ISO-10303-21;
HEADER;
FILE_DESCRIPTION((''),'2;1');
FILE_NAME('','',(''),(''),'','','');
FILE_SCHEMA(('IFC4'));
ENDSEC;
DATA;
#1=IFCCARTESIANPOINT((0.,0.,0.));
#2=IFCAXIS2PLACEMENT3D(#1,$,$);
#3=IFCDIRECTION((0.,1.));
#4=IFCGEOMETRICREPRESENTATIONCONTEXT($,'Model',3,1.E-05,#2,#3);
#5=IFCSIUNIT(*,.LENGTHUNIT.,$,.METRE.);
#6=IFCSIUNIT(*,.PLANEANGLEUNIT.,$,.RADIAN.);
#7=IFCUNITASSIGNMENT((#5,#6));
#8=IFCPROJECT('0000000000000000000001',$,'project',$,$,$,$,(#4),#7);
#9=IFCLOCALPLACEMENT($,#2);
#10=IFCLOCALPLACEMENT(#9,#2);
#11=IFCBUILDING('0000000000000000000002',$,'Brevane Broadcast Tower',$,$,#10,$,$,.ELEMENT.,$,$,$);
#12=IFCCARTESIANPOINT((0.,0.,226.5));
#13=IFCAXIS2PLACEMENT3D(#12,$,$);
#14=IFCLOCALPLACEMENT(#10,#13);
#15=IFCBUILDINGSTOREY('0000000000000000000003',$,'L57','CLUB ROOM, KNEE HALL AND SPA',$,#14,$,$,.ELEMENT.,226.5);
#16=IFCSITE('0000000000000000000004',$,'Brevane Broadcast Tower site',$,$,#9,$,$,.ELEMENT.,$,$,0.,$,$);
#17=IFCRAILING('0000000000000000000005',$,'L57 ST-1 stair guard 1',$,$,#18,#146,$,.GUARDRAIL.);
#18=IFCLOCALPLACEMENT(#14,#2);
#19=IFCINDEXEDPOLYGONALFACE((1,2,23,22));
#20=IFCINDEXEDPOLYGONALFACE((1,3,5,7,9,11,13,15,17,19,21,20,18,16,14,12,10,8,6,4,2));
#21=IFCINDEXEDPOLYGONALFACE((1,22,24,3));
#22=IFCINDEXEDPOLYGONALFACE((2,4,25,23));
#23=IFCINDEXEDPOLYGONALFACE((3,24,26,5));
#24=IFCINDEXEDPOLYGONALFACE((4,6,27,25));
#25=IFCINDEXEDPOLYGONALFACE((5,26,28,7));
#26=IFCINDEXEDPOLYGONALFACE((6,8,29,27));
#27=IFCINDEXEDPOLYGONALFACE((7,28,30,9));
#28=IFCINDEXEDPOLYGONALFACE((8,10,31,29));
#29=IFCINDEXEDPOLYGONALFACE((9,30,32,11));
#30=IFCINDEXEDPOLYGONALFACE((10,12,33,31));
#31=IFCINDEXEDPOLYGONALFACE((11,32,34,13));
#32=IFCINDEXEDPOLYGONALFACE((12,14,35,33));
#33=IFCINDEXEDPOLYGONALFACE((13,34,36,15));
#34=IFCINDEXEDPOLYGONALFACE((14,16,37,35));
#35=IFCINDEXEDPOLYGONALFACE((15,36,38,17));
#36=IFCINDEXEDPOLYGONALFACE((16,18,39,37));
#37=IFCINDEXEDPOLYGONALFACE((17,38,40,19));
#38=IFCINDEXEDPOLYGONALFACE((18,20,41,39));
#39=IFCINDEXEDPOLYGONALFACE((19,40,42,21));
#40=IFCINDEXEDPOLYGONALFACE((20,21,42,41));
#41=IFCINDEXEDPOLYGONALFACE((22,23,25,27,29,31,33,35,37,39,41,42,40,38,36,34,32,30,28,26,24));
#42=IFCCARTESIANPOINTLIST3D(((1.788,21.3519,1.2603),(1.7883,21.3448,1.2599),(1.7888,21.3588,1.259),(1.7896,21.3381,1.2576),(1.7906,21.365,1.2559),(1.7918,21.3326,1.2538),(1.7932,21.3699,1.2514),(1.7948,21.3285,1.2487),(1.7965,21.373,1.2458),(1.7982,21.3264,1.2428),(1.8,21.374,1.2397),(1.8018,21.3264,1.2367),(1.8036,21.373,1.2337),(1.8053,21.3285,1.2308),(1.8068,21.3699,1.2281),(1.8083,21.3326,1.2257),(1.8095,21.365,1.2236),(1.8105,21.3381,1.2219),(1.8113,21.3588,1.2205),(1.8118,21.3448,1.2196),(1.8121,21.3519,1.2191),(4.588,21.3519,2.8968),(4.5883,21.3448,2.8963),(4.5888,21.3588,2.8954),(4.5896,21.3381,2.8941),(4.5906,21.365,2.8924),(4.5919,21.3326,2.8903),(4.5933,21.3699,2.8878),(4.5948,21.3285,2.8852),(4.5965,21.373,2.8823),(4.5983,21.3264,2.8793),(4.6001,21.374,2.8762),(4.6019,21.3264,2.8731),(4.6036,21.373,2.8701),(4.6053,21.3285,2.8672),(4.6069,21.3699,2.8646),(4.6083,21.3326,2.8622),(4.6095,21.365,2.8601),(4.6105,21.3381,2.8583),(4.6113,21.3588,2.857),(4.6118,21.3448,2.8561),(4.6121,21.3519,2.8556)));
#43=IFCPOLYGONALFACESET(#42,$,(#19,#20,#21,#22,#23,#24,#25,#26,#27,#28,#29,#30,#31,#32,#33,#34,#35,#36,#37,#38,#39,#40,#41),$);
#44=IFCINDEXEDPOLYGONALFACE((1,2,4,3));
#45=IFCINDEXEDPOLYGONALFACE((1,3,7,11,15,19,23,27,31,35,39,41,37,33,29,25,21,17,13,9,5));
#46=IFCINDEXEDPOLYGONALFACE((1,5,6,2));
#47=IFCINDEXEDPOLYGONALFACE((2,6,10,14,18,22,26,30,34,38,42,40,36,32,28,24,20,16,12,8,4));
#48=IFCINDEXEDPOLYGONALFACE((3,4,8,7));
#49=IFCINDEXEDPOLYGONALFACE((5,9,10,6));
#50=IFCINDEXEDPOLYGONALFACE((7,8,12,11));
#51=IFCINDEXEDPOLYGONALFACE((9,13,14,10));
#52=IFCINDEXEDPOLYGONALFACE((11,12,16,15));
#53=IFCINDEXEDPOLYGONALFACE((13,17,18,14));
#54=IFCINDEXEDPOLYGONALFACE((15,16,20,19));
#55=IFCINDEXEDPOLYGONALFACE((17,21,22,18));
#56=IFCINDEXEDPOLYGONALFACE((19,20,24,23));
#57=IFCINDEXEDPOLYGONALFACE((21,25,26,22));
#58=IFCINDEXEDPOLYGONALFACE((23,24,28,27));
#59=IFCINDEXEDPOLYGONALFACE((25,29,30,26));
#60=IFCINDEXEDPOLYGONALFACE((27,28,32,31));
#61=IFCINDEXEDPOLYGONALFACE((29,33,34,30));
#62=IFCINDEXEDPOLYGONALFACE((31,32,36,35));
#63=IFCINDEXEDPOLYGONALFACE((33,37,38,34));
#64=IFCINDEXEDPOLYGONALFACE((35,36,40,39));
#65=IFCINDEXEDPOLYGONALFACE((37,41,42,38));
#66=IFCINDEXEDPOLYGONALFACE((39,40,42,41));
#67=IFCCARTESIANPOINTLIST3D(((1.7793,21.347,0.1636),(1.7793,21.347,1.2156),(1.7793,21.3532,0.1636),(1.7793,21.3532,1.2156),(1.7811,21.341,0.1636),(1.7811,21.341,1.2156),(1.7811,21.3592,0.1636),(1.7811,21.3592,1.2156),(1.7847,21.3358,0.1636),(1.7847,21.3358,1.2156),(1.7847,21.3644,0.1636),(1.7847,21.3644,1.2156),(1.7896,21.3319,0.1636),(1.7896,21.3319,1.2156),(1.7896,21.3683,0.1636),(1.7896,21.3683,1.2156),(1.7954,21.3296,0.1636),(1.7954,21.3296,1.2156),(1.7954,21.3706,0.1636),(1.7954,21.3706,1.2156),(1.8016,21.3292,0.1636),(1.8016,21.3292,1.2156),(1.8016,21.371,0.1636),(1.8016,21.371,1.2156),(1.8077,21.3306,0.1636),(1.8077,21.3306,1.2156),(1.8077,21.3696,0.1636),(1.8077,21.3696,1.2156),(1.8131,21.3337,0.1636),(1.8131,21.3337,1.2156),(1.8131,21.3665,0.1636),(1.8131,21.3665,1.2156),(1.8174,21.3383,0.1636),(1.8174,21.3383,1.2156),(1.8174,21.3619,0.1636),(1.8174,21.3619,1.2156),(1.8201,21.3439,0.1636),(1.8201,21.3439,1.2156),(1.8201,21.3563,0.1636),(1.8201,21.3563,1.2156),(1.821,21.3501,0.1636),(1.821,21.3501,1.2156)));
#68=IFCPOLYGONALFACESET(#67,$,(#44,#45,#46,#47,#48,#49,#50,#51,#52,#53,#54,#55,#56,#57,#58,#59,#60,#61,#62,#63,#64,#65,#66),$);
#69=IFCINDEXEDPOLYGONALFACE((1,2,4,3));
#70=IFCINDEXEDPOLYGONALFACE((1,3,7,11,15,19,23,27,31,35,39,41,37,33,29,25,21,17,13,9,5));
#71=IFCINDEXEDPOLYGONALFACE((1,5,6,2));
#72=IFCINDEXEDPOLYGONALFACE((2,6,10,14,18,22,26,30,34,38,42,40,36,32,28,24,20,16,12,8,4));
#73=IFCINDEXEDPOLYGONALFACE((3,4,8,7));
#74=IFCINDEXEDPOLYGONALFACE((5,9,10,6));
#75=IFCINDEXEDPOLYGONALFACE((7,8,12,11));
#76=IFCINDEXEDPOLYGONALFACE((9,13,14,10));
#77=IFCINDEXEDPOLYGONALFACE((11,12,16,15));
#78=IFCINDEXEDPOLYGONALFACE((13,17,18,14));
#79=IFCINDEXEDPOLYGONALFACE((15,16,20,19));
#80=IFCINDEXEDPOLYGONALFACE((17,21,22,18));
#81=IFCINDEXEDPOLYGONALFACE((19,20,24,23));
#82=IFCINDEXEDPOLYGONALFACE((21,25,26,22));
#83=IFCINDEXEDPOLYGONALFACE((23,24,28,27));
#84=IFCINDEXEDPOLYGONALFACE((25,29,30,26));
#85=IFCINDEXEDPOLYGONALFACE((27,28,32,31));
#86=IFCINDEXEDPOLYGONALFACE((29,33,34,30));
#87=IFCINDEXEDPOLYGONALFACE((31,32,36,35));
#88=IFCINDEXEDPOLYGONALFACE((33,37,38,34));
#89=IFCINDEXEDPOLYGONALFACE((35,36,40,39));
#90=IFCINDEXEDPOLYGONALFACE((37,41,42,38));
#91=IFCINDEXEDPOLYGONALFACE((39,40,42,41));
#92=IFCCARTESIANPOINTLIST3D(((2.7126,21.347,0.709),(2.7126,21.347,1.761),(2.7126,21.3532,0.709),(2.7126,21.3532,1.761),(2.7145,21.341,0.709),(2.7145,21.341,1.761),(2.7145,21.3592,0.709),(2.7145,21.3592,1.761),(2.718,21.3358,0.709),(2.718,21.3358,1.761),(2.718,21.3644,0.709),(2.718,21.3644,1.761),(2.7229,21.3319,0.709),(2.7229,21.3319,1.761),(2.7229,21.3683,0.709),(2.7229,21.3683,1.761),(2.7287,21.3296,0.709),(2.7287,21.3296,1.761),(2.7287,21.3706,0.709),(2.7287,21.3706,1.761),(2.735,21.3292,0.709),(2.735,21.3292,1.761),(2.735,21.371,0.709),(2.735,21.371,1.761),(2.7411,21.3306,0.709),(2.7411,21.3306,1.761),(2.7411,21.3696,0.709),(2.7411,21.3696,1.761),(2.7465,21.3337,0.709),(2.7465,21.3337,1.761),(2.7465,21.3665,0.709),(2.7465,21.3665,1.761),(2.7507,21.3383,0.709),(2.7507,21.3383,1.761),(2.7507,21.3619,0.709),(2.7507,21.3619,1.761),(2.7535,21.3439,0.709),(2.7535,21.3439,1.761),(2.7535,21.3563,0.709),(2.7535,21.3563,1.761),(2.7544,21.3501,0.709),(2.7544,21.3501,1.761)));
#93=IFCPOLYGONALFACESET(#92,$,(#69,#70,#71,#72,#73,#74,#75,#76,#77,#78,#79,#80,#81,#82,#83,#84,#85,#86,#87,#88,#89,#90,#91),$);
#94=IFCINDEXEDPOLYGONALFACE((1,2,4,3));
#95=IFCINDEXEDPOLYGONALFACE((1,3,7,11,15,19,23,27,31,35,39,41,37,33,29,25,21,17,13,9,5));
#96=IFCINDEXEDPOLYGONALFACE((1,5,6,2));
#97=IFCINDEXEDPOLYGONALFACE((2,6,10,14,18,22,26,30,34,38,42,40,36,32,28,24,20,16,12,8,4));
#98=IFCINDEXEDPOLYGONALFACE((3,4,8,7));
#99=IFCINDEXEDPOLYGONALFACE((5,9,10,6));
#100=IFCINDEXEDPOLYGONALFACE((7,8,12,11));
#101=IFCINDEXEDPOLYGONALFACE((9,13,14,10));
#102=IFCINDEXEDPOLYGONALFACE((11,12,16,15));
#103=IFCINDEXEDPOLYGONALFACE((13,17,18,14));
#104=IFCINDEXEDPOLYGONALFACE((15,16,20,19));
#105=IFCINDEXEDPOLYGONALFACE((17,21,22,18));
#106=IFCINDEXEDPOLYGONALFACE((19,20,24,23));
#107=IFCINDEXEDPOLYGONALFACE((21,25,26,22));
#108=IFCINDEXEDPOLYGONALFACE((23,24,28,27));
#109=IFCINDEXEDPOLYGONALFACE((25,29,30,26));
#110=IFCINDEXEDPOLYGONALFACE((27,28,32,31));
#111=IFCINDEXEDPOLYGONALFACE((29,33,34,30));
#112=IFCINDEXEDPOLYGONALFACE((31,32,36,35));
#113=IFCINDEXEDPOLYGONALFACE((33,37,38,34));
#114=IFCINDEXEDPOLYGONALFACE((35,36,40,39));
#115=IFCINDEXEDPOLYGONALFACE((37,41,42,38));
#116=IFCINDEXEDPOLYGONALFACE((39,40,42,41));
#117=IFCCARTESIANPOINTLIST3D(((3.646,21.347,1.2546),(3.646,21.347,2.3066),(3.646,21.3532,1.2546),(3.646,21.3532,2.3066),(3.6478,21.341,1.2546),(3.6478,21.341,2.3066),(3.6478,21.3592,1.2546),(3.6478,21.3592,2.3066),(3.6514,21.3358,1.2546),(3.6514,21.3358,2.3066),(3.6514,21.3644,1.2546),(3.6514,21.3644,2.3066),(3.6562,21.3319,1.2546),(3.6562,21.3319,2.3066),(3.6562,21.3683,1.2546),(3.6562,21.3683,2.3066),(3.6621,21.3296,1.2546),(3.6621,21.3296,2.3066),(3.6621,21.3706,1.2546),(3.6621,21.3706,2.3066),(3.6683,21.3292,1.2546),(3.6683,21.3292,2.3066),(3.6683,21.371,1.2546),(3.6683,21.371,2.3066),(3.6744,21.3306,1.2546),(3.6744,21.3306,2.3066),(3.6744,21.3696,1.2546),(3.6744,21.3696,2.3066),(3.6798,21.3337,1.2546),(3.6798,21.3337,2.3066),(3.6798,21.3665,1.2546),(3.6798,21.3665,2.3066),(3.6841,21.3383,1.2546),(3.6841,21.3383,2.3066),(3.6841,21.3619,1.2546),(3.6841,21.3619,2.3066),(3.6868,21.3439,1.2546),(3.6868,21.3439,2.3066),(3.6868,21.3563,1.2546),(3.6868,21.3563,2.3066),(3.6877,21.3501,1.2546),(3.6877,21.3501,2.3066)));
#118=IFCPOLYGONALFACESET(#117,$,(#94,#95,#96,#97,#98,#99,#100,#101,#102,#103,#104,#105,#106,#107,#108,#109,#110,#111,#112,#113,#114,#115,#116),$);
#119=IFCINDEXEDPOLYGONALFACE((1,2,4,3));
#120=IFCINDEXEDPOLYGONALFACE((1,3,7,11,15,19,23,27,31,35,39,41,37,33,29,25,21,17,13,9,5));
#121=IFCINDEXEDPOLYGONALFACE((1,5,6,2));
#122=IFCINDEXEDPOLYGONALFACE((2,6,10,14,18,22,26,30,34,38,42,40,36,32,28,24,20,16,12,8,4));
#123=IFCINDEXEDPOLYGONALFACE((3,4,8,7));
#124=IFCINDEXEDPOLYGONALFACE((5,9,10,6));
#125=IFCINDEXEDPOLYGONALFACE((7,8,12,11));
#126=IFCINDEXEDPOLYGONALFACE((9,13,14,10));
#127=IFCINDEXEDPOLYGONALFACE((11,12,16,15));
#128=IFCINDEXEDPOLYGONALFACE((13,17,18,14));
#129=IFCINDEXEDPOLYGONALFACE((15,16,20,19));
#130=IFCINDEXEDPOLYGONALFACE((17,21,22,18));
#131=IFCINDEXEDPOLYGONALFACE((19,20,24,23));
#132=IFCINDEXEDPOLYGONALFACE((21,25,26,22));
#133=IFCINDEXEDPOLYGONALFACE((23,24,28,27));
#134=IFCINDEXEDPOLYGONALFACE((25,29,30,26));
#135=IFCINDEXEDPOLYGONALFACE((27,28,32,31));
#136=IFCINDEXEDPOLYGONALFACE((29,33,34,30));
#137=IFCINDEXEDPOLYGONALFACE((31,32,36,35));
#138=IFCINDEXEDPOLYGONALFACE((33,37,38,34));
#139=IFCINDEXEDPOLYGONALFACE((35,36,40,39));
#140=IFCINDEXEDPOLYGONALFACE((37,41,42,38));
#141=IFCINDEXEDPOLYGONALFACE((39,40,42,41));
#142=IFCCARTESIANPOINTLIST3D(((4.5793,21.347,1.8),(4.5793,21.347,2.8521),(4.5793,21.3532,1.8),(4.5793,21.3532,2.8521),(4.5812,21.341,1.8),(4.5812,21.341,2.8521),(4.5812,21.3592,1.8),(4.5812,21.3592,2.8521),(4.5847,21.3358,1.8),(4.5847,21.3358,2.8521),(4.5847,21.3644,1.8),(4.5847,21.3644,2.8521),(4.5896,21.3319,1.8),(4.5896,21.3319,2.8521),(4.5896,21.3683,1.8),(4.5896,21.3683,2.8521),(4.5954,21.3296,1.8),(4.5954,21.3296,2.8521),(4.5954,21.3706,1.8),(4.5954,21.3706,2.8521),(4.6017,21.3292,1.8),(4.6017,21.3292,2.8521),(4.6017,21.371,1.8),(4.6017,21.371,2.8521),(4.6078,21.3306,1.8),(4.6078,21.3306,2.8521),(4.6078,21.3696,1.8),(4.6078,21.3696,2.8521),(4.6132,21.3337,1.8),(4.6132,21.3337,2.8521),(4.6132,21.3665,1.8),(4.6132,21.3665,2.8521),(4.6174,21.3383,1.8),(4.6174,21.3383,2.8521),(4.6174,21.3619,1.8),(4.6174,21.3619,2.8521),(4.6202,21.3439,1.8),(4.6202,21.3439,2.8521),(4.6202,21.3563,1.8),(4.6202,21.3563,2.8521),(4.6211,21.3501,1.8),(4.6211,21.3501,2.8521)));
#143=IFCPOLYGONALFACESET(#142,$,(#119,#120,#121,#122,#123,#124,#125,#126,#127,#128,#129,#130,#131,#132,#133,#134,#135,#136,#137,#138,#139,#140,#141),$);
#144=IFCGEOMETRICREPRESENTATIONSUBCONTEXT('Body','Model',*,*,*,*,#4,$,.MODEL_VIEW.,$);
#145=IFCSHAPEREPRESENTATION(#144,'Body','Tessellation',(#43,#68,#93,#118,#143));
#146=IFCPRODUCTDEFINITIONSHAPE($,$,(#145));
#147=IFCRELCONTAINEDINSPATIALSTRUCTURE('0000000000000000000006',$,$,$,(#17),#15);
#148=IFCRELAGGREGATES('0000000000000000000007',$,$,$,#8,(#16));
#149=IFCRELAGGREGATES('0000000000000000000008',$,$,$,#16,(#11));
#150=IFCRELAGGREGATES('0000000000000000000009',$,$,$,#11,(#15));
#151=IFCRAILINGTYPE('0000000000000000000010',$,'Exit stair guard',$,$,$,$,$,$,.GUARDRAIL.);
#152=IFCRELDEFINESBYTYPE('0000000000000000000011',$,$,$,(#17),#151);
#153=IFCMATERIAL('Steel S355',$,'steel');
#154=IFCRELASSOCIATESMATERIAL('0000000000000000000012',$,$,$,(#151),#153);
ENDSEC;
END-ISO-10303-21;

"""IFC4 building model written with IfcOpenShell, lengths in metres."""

from ifc_helpers import new_model, si_unit, direction, frame, origin, origin_2d, place, context, subcontext, project, spatial, circle, extrude, material, type_object, element, save


model = new_model("IFC4")

# Units and contexts
model_context = context("Model", 3, precision=1e-05, world=origin(), true_north=direction((0.0, 1.0)))
body_context = subcontext(model_context, "Body", "Model", "MODEL_VIEW")
ifc_project = project(units=[si_unit("LENGTHUNIT", "METRE"), si_unit("PLANEANGLEUNIT", "RADIAN")], contexts=[model_context])

# Site, building, storey
site_placement = place(None, origin())
site = spatial("IfcSite", under=ifc_project, at=site_placement, Name="Brevane Broadcast Tower site", CompositionType="ELEMENT", RefElevation=0.0)
building_placement = place(site_placement, origin())
building = spatial("IfcBuilding", under=site, at=building_placement, Name="Brevane Broadcast Tower", CompositionType="ELEMENT")
storey_placement = place(building_placement, frame((0.0, 0.0, 226.5)))
storey = spatial("IfcBuildingStorey", under=building, at=storey_placement, Name="L57", Description="CLUB ROOM, KNEE HALL AND SPA", CompositionType="ELEMENT", Elevation=226.5)

# Railing
ifc_material_1 = material(Name="Steel S355", Category="steel")
railing_type_1 = type_object("IfcRailingType", Name="Exit stair guard", PredefinedType="GUARDRAIL", material=ifc_material_1)
railing_1_placement = place(storey_placement, frame((1.8, 21.3501, 0.1636)))
element("IfcRailing", 1, at=railing_1_placement, inside=storey, type_object=railing_type_1, Name="L57 ST-1 stair guard 1", PredefinedType="GUARDRAIL", context=body_context, shape_type="SweptSolid", body=[
    extrude(circle(Radius=0.0239, at=origin_2d()), frame((0.0, 0.0, 1.0762), z_axis=(0.863361, 0.0, 0.504587), x_axis=(0.0, 1.0, 0.0)), (0.0, 0.0, 1.0), 3.2432),
    extrude(circle(Radius=0.021, at=origin_2d()), origin(), (0.0, 0.0, 1.0), 1.052),
    extrude(circle(Radius=0.021, at=origin_2d()), frame((0.9333, 0.0, 0.5454)), (0.0, 0.0, 1.0), 1.052),
    extrude(circle(Radius=0.021, at=origin_2d()), frame((1.8667, 0.0, 1.0911)), (0.0, 0.0, 1.0), 1.052),
    extrude(circle(Radius=0.021, at=origin_2d()), frame((2.8, 0.0, 1.6365)), (0.0, 0.0, 1.0), 1.052),
])

save(model, "model.ifc")
